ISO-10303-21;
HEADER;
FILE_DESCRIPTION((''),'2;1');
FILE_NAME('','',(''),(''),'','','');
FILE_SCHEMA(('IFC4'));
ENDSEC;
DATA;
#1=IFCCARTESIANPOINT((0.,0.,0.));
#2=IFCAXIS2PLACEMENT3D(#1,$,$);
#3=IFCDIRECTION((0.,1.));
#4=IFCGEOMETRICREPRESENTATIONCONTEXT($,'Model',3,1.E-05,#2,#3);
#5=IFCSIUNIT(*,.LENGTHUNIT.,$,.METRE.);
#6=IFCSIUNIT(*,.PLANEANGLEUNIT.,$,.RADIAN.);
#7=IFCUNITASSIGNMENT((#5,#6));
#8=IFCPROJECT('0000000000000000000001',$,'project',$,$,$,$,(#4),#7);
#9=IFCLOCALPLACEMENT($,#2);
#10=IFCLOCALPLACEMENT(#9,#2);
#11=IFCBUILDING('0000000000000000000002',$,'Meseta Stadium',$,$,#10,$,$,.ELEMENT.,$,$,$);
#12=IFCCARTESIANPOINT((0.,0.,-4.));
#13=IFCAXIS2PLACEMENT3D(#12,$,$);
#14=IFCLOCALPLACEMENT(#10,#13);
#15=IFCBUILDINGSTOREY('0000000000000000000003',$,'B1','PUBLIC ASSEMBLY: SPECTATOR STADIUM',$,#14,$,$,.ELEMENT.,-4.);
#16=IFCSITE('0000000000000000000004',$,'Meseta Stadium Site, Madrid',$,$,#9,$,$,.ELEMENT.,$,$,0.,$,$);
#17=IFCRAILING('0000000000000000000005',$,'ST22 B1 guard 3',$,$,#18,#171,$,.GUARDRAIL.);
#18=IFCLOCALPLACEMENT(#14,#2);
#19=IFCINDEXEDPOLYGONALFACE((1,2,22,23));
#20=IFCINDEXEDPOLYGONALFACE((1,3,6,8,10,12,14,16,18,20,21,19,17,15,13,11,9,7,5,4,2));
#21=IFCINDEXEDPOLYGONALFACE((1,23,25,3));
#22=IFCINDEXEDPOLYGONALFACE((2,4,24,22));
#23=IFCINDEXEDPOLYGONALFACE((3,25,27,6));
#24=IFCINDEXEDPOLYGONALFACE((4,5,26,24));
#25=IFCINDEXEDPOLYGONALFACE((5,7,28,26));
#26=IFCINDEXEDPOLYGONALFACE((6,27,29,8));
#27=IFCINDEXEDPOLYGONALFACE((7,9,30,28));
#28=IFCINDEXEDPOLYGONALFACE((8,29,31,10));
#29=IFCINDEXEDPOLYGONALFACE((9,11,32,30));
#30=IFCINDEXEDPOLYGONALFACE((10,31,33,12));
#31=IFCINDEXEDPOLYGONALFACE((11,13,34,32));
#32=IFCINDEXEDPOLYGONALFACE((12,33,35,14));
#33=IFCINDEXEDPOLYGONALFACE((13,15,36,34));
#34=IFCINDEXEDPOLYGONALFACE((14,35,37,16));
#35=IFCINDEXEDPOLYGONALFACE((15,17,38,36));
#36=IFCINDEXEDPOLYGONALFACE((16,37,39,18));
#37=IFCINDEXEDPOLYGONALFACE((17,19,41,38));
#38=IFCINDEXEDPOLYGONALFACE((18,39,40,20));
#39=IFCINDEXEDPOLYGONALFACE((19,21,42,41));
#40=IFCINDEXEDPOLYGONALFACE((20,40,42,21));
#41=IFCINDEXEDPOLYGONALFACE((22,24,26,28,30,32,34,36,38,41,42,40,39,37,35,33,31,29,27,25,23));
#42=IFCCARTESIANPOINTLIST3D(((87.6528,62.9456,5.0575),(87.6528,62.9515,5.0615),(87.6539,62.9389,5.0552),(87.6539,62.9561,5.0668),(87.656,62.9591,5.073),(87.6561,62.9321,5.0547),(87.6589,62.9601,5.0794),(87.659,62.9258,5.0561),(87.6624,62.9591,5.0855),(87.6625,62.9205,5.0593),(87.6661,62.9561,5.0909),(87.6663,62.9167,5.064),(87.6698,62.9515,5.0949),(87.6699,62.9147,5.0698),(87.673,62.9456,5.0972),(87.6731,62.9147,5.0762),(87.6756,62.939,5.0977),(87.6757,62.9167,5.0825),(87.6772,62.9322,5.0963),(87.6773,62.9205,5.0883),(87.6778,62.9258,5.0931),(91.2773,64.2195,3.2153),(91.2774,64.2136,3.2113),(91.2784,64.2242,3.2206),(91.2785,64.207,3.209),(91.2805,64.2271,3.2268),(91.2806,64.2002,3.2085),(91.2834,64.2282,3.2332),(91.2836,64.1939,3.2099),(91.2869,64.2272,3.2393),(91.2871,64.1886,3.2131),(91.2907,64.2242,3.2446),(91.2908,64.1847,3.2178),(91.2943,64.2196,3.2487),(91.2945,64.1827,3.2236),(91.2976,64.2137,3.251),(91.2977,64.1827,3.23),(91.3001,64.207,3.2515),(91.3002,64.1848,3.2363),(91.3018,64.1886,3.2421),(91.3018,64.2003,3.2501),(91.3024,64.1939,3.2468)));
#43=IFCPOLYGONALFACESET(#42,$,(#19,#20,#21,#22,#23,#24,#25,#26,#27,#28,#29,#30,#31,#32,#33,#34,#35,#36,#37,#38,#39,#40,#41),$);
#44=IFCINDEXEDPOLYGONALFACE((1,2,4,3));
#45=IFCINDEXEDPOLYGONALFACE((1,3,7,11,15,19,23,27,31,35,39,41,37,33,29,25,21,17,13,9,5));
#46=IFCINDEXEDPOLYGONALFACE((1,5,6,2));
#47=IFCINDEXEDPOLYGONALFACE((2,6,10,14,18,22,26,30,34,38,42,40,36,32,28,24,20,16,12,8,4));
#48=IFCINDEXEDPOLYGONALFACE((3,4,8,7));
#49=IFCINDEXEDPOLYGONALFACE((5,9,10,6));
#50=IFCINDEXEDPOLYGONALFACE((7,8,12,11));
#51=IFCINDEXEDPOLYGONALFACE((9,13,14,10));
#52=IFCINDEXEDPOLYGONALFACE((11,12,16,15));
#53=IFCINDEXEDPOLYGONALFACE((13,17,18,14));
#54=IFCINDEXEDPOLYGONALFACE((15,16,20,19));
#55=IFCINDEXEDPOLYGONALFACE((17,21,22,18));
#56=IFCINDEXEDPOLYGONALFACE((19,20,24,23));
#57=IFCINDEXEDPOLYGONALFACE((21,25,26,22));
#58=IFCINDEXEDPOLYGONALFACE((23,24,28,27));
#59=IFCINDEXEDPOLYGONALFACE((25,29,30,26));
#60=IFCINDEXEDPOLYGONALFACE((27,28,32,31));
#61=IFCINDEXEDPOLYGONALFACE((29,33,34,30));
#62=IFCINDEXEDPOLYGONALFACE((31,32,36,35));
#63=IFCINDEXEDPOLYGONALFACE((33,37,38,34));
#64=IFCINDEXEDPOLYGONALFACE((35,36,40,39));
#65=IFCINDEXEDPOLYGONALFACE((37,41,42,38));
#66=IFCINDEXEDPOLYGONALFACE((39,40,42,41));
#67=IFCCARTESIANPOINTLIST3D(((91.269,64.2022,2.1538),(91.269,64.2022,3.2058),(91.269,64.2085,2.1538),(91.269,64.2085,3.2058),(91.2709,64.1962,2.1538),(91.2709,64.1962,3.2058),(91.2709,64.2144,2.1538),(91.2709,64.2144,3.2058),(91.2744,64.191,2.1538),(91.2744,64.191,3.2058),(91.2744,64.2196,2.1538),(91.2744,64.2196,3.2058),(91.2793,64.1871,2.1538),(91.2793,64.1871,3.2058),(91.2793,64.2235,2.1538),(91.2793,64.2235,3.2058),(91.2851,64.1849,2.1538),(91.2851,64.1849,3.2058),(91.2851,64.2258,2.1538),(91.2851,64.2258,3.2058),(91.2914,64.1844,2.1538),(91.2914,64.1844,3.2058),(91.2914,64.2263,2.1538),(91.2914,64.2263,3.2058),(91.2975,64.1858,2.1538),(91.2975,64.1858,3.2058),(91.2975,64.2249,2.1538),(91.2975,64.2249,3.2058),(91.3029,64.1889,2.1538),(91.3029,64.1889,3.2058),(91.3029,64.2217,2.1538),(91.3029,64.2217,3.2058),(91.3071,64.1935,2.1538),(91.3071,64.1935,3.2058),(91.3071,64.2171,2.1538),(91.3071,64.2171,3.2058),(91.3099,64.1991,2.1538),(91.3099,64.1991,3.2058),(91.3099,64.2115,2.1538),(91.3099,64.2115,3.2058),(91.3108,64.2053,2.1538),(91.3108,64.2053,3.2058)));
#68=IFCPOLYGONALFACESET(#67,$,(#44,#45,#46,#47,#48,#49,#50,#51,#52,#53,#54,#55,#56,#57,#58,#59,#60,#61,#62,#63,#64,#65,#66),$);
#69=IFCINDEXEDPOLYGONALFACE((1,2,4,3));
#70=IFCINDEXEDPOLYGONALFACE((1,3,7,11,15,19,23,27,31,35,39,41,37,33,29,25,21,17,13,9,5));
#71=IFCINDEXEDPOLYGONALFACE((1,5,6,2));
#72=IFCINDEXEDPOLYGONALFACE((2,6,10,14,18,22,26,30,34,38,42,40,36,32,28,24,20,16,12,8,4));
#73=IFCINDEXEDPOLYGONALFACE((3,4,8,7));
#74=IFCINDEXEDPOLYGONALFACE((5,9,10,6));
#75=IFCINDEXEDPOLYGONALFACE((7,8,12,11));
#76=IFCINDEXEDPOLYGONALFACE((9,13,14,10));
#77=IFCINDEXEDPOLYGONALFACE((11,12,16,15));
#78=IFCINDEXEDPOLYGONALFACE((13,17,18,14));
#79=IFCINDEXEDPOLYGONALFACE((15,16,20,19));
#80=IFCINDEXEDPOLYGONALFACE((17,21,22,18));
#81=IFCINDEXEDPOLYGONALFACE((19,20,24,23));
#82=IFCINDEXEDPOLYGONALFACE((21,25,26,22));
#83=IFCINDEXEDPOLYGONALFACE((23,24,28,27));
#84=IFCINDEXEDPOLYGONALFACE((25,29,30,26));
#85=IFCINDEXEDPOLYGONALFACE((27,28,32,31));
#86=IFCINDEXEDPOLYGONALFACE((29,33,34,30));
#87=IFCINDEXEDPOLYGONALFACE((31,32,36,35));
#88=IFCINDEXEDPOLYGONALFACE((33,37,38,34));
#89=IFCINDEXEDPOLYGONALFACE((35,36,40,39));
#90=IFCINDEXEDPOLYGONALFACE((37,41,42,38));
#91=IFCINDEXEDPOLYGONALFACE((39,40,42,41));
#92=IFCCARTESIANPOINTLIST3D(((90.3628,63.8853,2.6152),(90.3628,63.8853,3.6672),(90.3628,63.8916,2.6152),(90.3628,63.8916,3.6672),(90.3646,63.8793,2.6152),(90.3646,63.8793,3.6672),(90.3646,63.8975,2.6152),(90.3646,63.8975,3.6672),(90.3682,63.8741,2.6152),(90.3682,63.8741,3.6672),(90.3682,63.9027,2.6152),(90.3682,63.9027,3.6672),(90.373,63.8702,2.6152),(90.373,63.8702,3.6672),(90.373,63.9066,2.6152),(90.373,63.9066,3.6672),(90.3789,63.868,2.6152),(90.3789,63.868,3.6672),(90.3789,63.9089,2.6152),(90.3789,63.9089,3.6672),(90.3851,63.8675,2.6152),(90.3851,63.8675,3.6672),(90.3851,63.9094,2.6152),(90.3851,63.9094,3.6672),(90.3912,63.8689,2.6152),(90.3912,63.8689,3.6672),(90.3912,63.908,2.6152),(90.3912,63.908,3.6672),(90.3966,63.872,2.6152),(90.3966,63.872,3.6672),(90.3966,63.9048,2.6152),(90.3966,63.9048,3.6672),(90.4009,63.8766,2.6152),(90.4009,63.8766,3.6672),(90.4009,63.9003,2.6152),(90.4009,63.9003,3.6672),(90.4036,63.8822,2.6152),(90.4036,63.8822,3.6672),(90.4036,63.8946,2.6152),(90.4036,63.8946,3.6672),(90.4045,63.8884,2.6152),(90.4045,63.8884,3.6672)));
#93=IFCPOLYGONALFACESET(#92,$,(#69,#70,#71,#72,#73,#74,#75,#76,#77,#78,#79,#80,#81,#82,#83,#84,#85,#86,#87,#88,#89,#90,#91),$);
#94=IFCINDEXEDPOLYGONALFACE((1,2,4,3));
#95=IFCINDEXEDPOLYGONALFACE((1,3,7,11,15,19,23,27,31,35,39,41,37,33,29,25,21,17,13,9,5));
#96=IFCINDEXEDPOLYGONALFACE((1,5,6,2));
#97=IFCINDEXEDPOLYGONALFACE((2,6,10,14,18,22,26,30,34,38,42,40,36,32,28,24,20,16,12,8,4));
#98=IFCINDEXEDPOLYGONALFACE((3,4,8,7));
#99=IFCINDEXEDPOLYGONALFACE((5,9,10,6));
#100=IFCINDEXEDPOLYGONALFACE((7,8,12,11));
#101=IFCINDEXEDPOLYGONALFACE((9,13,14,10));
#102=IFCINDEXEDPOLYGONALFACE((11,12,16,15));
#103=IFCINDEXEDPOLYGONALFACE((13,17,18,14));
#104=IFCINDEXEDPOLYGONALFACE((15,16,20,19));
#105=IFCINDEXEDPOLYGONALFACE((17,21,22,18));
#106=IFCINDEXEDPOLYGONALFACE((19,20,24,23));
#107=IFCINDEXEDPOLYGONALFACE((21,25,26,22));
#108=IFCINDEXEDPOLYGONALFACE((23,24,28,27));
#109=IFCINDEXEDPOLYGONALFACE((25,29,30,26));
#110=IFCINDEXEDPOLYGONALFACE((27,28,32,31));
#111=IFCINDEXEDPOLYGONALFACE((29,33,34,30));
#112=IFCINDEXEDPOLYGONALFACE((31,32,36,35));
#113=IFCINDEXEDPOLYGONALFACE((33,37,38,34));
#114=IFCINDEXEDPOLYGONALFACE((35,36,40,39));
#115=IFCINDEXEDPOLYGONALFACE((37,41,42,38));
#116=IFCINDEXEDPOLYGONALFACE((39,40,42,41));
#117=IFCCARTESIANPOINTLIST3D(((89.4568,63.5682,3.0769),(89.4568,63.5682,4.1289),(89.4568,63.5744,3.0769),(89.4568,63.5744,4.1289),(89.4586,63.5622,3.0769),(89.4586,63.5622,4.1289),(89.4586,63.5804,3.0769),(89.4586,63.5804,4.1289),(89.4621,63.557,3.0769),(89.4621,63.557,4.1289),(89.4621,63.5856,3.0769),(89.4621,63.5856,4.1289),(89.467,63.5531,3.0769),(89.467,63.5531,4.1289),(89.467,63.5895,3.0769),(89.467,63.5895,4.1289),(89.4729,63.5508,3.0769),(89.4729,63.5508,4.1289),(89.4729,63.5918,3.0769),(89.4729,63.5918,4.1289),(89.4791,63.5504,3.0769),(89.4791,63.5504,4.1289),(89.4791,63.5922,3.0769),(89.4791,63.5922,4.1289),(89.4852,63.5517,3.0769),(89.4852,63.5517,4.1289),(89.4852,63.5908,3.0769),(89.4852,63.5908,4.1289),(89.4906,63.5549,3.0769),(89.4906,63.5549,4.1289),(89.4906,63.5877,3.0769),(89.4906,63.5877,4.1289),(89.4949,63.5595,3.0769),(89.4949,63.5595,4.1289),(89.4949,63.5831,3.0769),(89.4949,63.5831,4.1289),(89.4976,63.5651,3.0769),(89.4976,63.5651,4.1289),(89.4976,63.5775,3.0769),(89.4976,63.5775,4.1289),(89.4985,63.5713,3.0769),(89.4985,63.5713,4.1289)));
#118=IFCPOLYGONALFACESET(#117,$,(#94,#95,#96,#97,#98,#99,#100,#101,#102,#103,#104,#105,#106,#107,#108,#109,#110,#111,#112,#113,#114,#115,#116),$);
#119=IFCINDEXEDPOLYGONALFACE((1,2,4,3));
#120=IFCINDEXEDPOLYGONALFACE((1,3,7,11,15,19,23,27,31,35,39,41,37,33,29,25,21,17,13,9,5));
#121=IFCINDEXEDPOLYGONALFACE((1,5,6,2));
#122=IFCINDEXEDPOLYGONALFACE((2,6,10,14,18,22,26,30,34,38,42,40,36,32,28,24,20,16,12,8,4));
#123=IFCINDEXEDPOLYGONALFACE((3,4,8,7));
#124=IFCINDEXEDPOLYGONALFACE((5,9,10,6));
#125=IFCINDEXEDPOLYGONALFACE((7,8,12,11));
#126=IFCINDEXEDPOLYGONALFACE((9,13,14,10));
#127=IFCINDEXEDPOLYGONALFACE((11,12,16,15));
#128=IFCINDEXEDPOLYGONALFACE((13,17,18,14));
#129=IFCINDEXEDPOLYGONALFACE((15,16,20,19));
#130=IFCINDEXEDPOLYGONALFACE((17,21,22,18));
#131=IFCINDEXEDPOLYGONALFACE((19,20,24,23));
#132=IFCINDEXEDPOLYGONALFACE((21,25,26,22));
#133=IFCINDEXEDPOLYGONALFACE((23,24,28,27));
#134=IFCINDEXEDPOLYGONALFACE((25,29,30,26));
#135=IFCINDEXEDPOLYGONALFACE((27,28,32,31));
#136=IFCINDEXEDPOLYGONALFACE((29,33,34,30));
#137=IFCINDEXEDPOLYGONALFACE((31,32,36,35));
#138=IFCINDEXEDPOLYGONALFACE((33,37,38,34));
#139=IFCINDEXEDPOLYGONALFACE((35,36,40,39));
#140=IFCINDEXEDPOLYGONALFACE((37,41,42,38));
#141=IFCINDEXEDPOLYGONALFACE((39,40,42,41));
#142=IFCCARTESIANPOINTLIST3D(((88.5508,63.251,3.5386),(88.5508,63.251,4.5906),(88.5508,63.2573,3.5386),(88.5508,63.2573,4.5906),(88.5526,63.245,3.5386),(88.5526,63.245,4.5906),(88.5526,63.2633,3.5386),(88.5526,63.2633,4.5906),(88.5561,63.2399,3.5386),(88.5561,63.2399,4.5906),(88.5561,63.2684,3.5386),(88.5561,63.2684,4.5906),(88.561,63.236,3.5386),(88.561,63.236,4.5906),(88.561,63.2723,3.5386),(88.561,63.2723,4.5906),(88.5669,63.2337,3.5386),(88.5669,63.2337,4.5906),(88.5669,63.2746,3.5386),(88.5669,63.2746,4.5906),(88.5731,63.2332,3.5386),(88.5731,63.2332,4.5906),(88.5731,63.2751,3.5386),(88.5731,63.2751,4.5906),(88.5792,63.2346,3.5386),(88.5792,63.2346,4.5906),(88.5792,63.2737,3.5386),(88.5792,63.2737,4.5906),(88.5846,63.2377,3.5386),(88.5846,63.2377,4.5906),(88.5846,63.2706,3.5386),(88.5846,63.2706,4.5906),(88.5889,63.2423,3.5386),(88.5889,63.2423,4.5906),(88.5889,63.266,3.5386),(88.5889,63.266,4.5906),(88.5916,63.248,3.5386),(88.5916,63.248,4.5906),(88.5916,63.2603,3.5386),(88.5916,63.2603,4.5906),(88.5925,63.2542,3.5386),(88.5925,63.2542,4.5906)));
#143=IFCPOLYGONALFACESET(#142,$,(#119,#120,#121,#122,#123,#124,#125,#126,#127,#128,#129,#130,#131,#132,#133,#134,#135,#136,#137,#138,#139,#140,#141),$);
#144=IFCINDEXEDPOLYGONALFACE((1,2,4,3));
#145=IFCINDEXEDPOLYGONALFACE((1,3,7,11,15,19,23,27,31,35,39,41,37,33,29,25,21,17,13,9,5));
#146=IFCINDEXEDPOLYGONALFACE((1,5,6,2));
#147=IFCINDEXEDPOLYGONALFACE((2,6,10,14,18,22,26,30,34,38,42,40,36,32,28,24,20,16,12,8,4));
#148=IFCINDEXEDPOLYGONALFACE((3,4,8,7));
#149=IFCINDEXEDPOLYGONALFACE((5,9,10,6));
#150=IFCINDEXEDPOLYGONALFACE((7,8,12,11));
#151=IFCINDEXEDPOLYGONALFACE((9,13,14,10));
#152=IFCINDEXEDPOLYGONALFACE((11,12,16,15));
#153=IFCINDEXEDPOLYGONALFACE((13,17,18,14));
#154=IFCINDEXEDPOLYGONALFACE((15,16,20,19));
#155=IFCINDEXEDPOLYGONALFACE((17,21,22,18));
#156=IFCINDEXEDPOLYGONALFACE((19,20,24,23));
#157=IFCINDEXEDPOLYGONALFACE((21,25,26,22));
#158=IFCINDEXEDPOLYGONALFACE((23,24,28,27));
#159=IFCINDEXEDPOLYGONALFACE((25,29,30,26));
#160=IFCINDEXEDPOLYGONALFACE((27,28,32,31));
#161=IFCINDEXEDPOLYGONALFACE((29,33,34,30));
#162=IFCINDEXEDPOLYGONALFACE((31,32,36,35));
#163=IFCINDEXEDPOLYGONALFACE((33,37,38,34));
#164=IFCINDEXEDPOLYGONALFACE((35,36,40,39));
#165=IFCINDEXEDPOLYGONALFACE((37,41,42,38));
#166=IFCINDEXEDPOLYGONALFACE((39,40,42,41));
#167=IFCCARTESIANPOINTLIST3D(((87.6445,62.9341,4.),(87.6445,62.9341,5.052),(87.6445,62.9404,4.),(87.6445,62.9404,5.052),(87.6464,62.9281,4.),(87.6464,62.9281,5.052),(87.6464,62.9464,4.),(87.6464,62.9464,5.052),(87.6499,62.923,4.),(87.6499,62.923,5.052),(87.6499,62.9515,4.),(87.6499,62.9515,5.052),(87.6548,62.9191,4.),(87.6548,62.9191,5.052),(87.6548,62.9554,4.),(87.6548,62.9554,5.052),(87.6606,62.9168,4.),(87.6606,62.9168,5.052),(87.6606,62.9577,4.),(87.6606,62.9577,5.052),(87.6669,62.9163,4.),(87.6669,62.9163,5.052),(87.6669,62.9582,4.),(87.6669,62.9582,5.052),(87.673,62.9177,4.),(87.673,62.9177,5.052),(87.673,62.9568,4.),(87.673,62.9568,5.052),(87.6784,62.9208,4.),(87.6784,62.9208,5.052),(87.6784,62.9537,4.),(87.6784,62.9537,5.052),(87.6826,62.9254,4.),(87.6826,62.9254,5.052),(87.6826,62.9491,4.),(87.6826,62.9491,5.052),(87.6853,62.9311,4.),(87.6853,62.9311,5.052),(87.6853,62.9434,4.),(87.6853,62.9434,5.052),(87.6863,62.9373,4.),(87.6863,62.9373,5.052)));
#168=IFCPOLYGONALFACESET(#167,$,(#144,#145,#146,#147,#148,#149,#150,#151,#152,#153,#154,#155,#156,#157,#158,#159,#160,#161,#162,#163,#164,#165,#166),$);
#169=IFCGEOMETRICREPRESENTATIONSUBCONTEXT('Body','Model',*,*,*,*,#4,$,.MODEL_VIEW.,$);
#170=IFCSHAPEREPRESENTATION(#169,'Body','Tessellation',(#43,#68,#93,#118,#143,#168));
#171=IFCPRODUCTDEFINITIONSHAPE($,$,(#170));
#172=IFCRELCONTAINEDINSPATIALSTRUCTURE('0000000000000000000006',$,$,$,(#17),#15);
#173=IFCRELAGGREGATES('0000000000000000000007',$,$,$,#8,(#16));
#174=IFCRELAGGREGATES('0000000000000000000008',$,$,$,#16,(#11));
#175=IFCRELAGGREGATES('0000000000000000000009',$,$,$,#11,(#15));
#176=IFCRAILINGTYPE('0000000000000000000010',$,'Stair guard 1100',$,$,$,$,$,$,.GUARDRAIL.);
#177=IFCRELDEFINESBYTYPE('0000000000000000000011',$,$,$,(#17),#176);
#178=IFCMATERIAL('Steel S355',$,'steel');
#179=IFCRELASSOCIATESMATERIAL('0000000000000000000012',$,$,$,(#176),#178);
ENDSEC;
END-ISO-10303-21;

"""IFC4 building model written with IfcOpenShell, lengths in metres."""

from ifc_helpers import new_model, si_unit, direction, frame, origin, origin_2d, place, context, subcontext, project, spatial, circle, extrude, material, type_object, element, save


model = new_model("IFC4")

# Units and contexts
model_context = context("Model", 3, precision=1e-05, world=origin(), true_north=direction((0.0, 1.0)))
body_context = subcontext(model_context, "Body", "Model", "MODEL_VIEW")
ifc_project = project(units=[si_unit("LENGTHUNIT", "METRE"), si_unit("PLANEANGLEUNIT", "RADIAN")], contexts=[model_context])

# Site, building, storey
site_placement = place(None, origin())
site = spatial("IfcSite", under=ifc_project, at=site_placement, Name="Meseta Stadium Site, Madrid", CompositionType="ELEMENT", RefElevation=0.0)
building_placement = place(site_placement, origin())
building = spatial("IfcBuilding", under=site, at=building_placement, Name="Meseta Stadium", CompositionType="ELEMENT")
storey_placement = place(building_placement, frame((0.0, 0.0, -4.0)))
storey = spatial("IfcBuildingStorey", under=building, at=storey_placement, Name="B1", Description="PUBLIC ASSEMBLY: SPECTATOR STADIUM", CompositionType="ELEMENT", Elevation=-4.0)

# Railing
ifc_material_1 = material(Name="Steel S355", Category="steel")
railing_type_1 = type_object("IfcRailingType", Name="Stair guard 1100", PredefinedType="GUARDRAIL", material=ifc_material_1)
railing_1_placement = place(storey_placement, frame((91.2898, 64.2053, 2.1538)))
element("IfcRailing", 1, at=railing_1_placement, inside=storey, type_object=railing_type_1, Name="ST22 B1 guard 3", PredefinedType="GUARDRAIL", context=body_context, shape_type="SweptSolid", body=[
    extrude(circle(Radius=0.0239, at=origin_2d()), frame((0.0, 0.0, 1.0762), z_axis=(-0.850686, -0.29762, 0.433308), x_axis=(0.330231, -0.9439, 0.0)), (0.0, 0.0, 1.0), 4.2607),
    extrude(circle(Radius=0.021, at=origin_2d()), origin(), (0.0, 0.0, 1.0), 1.052),
    extrude(circle(Radius=0.021, at=origin_2d()), frame((-0.9062, -0.3169, 0.4614)), (0.0, 0.0, 1.0), 1.052),
    extrude(circle(Radius=0.021, at=origin_2d()), frame((-1.8123, -0.634, 0.9231)), (0.0, 0.0, 1.0), 1.052),
    extrude(circle(Radius=0.021, at=origin_2d()), frame((-2.7183, -0.9512, 1.3848)), (0.0, 0.0, 1.0), 1.052),
    extrude(circle(Radius=0.021, at=origin_2d()), frame((-3.6245, -1.2681, 1.8462)), (0.0, 0.0, 1.0), 1.052),
])

save(model, "model.ifc")
